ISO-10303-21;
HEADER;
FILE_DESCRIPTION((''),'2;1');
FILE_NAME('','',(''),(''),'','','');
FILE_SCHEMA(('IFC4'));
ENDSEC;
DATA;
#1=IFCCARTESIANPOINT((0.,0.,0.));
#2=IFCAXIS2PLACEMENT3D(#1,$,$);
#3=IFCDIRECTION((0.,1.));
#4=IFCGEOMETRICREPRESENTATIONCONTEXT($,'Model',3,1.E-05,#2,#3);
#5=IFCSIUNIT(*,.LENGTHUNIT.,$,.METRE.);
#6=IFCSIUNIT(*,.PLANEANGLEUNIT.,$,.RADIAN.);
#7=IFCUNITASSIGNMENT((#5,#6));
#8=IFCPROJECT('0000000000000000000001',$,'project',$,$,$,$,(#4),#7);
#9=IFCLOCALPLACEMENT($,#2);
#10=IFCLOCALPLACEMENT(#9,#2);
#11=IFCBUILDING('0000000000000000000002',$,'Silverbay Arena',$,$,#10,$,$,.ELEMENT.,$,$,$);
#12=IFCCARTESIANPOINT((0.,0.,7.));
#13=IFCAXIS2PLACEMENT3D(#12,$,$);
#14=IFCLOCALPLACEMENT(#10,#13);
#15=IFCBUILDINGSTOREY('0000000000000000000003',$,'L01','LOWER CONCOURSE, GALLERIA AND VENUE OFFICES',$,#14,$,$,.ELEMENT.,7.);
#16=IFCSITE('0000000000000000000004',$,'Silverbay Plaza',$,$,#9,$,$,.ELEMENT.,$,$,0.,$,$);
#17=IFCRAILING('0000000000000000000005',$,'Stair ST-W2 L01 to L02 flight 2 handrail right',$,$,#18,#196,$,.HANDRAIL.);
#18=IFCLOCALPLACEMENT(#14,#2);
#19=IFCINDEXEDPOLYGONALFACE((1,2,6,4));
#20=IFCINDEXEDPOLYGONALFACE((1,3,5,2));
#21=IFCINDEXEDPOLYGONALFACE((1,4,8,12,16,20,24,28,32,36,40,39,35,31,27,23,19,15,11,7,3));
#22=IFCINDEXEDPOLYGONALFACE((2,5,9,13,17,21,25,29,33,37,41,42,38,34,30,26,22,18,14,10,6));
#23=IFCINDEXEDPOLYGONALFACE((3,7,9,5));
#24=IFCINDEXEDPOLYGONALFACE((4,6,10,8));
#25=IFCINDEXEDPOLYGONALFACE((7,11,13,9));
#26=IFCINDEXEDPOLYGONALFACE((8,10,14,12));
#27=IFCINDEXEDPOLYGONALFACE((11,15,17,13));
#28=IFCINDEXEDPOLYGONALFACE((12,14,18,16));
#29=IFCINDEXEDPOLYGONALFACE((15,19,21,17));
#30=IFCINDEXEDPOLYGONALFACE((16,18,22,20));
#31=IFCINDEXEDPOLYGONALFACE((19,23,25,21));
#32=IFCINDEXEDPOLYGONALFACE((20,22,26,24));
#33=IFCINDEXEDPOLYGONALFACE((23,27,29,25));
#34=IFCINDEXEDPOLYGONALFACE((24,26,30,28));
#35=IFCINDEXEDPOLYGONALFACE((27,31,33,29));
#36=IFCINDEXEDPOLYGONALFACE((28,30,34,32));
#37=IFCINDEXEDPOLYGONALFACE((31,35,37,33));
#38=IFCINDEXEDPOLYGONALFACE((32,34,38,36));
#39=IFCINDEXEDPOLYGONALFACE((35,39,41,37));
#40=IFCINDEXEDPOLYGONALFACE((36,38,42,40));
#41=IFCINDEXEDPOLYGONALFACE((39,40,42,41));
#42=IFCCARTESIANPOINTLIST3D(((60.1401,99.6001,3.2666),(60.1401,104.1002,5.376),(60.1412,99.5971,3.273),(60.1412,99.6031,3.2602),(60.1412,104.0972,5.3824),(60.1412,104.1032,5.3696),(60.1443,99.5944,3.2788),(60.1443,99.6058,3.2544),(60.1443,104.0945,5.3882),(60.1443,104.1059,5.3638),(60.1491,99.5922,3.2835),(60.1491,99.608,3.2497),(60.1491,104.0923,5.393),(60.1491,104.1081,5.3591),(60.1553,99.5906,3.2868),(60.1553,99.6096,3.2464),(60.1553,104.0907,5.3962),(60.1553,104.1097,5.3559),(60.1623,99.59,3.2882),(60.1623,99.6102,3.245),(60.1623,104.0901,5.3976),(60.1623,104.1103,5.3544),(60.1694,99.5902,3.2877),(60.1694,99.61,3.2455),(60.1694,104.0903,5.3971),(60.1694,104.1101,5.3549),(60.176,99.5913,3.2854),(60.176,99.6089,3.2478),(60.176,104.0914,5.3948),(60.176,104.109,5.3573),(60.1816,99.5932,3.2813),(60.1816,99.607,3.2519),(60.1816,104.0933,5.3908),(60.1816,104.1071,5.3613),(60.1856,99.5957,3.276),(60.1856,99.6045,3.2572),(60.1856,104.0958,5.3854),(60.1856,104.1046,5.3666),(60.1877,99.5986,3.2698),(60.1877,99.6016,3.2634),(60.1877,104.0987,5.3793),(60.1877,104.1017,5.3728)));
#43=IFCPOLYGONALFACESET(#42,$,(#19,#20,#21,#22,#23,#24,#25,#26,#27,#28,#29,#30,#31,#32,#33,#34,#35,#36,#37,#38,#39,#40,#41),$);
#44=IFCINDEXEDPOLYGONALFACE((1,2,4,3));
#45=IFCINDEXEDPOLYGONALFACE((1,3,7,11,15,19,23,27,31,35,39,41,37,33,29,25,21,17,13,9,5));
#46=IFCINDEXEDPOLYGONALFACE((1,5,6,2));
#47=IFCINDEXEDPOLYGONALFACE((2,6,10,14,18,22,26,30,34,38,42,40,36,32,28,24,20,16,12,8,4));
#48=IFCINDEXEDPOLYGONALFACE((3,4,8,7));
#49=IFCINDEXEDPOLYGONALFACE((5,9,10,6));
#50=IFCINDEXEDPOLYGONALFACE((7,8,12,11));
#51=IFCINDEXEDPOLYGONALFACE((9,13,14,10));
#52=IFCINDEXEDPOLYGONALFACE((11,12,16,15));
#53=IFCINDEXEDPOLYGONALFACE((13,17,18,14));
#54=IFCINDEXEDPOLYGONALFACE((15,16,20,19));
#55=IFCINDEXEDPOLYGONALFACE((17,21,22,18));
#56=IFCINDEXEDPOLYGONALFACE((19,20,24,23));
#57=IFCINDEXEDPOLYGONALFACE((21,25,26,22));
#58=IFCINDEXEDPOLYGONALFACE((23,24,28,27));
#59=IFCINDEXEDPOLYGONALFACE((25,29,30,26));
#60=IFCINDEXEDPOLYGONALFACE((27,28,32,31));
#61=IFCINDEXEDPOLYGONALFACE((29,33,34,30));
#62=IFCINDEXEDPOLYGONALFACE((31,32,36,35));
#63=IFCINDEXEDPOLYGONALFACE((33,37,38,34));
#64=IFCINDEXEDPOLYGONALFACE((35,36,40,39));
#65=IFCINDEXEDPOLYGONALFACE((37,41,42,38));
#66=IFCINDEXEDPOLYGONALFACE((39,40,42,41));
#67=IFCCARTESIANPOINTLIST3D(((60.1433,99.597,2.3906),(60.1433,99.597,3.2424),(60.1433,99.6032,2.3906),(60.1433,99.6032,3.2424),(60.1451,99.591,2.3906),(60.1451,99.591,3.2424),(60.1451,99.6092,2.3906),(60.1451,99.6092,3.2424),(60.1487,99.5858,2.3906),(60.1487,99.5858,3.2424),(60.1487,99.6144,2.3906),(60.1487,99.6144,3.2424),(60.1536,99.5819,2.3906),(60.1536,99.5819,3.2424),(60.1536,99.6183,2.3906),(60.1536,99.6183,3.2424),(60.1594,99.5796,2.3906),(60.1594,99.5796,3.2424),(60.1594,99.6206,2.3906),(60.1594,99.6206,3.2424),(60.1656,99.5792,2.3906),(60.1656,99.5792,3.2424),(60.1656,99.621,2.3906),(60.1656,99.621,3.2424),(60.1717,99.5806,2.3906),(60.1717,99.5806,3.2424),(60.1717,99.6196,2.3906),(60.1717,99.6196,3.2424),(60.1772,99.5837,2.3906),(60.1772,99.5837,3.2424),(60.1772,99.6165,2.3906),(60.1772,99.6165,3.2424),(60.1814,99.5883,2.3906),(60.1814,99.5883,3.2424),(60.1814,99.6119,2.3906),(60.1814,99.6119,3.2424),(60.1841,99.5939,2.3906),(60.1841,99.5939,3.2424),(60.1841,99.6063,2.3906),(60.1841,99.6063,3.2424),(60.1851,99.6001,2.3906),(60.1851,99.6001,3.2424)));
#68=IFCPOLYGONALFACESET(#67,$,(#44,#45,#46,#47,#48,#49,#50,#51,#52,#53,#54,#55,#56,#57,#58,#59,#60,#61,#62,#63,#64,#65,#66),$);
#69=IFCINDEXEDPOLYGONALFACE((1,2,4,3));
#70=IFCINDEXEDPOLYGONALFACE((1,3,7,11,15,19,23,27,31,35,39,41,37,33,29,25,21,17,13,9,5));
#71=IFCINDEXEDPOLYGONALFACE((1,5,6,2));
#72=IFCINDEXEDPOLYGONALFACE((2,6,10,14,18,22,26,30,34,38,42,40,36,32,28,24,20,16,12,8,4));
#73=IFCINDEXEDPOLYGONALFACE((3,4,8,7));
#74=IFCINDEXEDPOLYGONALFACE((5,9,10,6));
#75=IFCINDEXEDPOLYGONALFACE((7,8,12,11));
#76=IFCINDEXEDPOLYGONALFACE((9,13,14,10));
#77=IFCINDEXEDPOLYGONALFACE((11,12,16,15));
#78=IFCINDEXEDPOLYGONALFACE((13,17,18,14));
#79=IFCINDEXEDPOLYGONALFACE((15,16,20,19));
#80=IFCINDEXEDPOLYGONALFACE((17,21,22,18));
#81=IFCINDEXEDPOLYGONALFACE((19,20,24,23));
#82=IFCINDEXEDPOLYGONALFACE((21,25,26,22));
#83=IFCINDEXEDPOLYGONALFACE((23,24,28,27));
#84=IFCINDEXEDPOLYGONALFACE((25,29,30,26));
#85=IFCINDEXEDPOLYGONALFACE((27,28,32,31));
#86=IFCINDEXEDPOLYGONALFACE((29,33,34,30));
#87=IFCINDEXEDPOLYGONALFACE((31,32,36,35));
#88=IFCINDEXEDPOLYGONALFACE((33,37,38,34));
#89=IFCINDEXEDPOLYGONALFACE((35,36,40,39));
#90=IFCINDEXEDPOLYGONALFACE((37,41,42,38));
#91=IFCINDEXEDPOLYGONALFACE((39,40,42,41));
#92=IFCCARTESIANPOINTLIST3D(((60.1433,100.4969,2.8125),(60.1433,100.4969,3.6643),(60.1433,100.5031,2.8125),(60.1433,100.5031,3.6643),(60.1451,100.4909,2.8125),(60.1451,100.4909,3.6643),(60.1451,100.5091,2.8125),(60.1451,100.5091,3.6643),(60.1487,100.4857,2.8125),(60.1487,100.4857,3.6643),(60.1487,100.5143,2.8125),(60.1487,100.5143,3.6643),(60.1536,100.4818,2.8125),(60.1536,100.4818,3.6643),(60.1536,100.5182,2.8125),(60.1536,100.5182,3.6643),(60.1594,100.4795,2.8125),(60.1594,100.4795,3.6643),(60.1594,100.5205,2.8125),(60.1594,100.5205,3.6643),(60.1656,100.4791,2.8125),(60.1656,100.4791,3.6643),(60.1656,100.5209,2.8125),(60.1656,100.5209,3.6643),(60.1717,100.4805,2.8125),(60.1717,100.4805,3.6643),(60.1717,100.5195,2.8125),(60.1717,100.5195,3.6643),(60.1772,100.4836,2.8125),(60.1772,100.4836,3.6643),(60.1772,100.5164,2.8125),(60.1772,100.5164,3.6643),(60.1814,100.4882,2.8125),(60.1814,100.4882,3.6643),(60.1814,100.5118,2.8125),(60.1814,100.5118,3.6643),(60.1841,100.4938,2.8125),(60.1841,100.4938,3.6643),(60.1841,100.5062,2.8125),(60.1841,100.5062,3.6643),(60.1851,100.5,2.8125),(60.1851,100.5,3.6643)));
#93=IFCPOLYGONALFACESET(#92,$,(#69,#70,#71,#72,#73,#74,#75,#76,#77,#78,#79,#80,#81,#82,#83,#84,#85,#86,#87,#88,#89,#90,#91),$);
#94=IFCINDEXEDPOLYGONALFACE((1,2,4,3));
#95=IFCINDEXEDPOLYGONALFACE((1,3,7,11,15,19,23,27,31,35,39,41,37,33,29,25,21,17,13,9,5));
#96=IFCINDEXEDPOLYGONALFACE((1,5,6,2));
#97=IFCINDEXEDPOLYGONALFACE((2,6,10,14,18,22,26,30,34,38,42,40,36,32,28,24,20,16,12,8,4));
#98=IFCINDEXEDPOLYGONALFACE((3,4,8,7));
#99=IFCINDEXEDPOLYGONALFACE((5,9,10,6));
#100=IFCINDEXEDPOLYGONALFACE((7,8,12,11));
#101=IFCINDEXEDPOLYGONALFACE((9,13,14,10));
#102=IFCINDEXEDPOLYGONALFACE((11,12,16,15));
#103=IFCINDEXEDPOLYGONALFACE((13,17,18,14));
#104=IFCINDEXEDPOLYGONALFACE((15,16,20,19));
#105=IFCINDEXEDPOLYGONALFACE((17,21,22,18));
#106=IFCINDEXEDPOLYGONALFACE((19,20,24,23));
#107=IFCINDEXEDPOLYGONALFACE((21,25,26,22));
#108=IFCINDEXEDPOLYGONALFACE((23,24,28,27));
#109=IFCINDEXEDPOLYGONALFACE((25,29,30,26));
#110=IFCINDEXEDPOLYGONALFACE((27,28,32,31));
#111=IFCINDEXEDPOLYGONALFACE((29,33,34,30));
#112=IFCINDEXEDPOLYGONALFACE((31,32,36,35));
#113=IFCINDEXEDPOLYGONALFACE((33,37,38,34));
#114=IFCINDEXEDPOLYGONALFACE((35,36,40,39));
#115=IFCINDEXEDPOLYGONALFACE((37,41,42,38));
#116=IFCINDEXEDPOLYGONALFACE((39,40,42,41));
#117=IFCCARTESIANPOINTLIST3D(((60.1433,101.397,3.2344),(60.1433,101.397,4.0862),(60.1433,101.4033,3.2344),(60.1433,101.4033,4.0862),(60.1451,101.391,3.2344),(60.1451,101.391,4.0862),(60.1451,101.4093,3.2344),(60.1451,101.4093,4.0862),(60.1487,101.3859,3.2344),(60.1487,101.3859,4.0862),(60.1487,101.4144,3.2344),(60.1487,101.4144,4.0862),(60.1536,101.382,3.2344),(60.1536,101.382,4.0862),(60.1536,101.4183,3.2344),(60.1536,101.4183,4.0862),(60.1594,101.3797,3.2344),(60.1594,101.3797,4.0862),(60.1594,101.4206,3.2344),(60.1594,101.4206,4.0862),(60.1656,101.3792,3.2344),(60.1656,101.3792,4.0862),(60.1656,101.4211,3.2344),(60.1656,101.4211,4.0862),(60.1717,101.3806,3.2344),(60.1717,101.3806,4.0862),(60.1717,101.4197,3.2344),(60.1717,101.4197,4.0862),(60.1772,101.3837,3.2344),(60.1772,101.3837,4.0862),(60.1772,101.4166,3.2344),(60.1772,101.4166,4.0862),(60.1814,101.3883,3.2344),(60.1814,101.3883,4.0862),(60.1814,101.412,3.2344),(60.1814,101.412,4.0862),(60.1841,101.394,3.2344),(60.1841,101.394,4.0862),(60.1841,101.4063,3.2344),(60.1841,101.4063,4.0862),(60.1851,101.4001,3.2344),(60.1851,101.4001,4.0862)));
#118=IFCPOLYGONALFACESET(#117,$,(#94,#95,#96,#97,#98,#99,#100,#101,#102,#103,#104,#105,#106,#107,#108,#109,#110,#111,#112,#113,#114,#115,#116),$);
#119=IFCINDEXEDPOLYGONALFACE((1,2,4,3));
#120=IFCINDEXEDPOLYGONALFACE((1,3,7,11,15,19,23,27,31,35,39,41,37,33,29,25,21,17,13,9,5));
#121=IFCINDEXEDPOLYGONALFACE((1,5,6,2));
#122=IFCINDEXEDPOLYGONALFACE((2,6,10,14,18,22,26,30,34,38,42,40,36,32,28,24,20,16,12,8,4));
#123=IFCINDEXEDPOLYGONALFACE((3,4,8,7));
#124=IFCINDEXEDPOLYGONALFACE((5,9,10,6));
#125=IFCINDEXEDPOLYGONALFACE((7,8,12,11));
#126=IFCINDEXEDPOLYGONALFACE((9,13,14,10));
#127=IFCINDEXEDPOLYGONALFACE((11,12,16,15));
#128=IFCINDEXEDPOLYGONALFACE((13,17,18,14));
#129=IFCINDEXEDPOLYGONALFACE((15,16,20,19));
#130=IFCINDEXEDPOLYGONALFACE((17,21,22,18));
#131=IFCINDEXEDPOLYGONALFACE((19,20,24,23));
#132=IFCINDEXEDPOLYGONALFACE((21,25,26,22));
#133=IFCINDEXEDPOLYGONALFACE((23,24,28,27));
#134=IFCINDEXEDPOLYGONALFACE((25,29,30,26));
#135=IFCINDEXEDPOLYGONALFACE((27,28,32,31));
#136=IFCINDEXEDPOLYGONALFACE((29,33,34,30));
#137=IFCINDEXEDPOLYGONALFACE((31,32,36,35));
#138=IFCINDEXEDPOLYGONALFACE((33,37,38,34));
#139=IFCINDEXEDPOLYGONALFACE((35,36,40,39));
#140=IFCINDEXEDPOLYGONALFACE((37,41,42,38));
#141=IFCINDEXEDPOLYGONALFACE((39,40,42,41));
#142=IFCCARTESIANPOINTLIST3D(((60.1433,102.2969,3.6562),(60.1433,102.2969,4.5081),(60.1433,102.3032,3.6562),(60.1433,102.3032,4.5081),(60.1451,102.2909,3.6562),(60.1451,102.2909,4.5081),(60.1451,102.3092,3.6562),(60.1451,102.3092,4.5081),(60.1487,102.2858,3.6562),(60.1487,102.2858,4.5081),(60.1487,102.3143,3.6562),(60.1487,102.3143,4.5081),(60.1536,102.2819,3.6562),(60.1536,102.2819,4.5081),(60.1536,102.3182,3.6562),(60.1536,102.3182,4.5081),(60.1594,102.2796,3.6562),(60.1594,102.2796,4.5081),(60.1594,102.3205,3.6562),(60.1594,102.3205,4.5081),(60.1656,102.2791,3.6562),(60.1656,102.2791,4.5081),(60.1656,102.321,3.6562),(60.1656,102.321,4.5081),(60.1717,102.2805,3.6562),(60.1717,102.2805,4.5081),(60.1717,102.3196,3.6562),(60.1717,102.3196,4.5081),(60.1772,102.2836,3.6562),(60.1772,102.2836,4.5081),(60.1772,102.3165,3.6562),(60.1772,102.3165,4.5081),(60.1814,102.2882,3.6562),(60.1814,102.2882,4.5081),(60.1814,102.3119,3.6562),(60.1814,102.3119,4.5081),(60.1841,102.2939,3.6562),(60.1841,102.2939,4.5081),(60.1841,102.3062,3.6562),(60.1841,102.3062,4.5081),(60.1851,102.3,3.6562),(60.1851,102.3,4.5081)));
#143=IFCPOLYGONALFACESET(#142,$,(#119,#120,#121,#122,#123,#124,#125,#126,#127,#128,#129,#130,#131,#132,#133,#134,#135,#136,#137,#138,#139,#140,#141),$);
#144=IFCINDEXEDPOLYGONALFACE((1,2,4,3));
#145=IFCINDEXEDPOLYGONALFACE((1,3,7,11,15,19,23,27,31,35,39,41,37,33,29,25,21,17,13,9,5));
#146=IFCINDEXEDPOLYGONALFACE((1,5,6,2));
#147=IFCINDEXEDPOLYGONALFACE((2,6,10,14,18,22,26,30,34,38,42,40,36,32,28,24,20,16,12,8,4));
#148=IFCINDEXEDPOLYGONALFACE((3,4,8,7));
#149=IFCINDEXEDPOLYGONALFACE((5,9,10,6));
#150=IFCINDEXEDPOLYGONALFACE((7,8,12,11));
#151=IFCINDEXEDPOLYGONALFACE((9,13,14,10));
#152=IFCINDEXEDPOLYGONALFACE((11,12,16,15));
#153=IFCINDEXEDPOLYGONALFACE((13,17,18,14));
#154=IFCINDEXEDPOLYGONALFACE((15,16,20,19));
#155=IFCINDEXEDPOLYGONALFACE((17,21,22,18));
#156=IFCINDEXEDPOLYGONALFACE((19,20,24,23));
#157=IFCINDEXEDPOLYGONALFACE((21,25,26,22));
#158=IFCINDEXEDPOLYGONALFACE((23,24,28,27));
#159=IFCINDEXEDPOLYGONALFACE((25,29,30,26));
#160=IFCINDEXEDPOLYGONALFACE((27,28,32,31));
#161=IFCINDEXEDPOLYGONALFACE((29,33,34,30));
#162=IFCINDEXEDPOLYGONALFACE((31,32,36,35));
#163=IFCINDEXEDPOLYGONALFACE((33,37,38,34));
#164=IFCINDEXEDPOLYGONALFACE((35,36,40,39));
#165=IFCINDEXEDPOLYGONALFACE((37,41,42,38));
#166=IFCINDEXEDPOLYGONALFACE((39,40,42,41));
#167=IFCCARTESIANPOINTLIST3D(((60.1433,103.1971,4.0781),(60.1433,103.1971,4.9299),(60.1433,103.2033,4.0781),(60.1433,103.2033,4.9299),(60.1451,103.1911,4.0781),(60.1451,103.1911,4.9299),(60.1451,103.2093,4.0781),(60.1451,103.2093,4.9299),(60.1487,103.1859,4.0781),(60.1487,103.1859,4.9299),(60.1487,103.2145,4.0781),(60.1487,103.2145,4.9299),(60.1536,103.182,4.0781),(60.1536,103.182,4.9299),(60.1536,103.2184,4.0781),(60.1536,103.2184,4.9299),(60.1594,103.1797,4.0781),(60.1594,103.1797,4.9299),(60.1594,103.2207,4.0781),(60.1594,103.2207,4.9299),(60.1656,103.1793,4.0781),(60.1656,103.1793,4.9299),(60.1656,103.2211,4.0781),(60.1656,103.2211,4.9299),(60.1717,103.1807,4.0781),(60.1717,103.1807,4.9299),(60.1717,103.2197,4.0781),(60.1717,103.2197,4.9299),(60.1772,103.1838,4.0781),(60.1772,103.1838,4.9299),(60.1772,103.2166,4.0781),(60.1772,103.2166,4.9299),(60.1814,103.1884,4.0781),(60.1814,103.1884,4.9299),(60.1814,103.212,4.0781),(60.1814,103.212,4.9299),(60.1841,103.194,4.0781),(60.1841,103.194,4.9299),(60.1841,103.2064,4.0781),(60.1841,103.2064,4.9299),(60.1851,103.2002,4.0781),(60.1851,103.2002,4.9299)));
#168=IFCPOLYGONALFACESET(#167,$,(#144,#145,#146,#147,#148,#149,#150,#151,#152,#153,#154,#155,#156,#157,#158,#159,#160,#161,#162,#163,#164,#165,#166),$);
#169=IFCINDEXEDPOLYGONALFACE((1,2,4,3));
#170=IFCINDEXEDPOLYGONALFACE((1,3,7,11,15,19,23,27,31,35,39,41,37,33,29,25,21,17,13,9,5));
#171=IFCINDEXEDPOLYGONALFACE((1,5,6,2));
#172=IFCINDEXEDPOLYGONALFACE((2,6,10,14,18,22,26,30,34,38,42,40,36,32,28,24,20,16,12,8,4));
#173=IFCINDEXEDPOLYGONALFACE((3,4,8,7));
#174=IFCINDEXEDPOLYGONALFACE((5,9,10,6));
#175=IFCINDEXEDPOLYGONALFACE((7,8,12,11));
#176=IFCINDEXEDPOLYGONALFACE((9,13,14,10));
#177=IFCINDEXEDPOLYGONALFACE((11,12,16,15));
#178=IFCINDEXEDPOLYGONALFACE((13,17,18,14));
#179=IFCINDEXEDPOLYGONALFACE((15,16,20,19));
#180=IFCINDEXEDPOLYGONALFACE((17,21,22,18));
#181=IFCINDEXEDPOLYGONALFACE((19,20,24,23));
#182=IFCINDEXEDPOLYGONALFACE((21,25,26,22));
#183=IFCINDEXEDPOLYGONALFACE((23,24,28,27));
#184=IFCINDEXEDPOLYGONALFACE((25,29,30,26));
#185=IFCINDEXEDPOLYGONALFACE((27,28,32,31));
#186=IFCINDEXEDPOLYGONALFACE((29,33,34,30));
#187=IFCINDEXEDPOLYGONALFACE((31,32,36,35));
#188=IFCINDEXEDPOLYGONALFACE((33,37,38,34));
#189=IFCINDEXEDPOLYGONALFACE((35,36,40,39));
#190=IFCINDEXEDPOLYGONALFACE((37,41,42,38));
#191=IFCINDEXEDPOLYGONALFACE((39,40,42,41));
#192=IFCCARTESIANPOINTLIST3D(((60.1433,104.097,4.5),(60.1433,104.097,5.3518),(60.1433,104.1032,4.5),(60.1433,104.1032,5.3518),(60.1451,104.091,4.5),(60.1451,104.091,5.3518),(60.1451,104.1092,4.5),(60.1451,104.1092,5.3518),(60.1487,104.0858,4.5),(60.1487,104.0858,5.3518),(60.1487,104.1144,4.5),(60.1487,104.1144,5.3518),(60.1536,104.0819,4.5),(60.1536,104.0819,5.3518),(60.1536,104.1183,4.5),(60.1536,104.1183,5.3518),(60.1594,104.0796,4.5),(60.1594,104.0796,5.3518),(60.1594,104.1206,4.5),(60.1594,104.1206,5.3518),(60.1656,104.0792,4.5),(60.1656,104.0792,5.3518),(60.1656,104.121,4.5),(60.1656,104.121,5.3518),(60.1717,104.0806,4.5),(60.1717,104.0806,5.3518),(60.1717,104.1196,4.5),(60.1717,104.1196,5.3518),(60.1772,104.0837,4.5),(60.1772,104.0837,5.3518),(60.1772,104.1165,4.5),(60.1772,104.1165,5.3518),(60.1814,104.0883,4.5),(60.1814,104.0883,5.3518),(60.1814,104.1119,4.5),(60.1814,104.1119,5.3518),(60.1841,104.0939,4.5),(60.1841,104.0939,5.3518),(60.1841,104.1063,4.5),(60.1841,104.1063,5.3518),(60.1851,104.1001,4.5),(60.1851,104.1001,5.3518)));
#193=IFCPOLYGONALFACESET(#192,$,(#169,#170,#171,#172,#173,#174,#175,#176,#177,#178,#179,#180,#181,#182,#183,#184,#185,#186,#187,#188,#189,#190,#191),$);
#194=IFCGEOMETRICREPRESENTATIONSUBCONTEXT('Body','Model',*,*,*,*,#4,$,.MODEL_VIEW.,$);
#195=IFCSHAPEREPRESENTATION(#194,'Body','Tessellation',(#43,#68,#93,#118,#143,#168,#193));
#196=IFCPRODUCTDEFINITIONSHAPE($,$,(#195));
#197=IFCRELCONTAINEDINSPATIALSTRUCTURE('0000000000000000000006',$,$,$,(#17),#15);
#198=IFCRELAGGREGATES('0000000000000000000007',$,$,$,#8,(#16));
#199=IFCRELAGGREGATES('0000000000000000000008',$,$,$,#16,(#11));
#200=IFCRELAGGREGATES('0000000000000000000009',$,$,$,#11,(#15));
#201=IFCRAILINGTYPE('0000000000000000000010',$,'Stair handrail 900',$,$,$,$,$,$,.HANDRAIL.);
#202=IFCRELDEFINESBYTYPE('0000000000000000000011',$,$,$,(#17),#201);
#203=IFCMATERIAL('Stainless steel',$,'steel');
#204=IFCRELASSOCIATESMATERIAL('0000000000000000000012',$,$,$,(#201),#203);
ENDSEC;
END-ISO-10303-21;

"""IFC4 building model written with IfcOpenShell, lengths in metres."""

from ifc_helpers import new_model, si_unit, direction, frame, origin, origin_2d, place, context, subcontext, project, spatial, circle, extrude, material, type_object, element, save


model = new_model("IFC4")

# Units and contexts
model_context = context("Model", 3, precision=1e-05, world=origin(), true_north=direction((0.0, 1.0)))
body_context = subcontext(model_context, "Body", "Model", "MODEL_VIEW")
ifc_project = project(units=[si_unit("LENGTHUNIT", "METRE"), si_unit("PLANEANGLEUNIT", "RADIAN")], contexts=[model_context])

# Site, building, storey
site_placement = place(None, origin())
site = spatial("IfcSite", under=ifc_project, at=site_placement, Name="Silverbay Plaza", CompositionType="ELEMENT", RefElevation=0.0)
building_placement = place(site_placement, origin())
building = spatial("IfcBuilding", under=site, at=building_placement, Name="Silverbay Arena", CompositionType="ELEMENT")
storey_placement = place(building_placement, frame((0.0, 0.0, 7.0)))
storey = spatial("IfcBuildingStorey", under=building, at=storey_placement, Name="L01", Description="LOWER CONCOURSE, GALLERIA AND VENUE OFFICES", CompositionType="ELEMENT", Elevation=7.0)

# Railing
ifc_material_1 = material(Name="Stainless steel", Category="steel")
railing_type_1 = type_object("IfcRailingType", Name="Stair handrail 900", PredefinedType="HANDRAIL", material=ifc_material_1)
for number, where, name in (
    (1, (60.1641, 99.6001, 2.3906), "Stair ST-W2 L01 to L02 flight 2 handrail right"),
):
    element("IfcRailing", number, at=place(storey_placement, frame(where)), inside=storey, type_object=railing_type_1, Name=name, PredefinedType="HANDRAIL", context=body_context, shape_type="SweptSolid", body=[
        extrude(circle(Radius=0.0239, at=origin_2d()), frame((0.0, 0.0, 0.876), z_axis=(0.0, 0.905459, 0.424434), x_axis=(-1.0, 0.0, 0.0)), (0.0, 0.0, 1.0), 4.97),
        extrude(circle(Radius=0.021, at=origin_2d()), origin(), (0.0, 0.0, 1.0), 0.8518),
        extrude(circle(Radius=0.021, at=origin_2d()), frame((0.0, 0.8999, 0.4219)), (0.0, 0.0, 1.0), 0.8518),
        extrude(circle(Radius=0.021, at=origin_2d()), frame((0.0, 1.8, 0.8438)), (0.0, 0.0, 1.0), 0.8518),
        extrude(circle(Radius=0.021, at=origin_2d()), frame((0.0, 2.7, 1.2656)), (0.0, 0.0, 1.0), 0.8518),
        extrude(circle(Radius=0.021, at=origin_2d()), frame((0.0, 3.6001, 1.6875)), (0.0, 0.0, 1.0), 0.8518),
        extrude(circle(Radius=0.021, at=origin_2d()), frame((0.0, 4.5, 2.1094)), (0.0, 0.0, 1.0), 0.8518),
    ])

save(model, "model.ifc")
